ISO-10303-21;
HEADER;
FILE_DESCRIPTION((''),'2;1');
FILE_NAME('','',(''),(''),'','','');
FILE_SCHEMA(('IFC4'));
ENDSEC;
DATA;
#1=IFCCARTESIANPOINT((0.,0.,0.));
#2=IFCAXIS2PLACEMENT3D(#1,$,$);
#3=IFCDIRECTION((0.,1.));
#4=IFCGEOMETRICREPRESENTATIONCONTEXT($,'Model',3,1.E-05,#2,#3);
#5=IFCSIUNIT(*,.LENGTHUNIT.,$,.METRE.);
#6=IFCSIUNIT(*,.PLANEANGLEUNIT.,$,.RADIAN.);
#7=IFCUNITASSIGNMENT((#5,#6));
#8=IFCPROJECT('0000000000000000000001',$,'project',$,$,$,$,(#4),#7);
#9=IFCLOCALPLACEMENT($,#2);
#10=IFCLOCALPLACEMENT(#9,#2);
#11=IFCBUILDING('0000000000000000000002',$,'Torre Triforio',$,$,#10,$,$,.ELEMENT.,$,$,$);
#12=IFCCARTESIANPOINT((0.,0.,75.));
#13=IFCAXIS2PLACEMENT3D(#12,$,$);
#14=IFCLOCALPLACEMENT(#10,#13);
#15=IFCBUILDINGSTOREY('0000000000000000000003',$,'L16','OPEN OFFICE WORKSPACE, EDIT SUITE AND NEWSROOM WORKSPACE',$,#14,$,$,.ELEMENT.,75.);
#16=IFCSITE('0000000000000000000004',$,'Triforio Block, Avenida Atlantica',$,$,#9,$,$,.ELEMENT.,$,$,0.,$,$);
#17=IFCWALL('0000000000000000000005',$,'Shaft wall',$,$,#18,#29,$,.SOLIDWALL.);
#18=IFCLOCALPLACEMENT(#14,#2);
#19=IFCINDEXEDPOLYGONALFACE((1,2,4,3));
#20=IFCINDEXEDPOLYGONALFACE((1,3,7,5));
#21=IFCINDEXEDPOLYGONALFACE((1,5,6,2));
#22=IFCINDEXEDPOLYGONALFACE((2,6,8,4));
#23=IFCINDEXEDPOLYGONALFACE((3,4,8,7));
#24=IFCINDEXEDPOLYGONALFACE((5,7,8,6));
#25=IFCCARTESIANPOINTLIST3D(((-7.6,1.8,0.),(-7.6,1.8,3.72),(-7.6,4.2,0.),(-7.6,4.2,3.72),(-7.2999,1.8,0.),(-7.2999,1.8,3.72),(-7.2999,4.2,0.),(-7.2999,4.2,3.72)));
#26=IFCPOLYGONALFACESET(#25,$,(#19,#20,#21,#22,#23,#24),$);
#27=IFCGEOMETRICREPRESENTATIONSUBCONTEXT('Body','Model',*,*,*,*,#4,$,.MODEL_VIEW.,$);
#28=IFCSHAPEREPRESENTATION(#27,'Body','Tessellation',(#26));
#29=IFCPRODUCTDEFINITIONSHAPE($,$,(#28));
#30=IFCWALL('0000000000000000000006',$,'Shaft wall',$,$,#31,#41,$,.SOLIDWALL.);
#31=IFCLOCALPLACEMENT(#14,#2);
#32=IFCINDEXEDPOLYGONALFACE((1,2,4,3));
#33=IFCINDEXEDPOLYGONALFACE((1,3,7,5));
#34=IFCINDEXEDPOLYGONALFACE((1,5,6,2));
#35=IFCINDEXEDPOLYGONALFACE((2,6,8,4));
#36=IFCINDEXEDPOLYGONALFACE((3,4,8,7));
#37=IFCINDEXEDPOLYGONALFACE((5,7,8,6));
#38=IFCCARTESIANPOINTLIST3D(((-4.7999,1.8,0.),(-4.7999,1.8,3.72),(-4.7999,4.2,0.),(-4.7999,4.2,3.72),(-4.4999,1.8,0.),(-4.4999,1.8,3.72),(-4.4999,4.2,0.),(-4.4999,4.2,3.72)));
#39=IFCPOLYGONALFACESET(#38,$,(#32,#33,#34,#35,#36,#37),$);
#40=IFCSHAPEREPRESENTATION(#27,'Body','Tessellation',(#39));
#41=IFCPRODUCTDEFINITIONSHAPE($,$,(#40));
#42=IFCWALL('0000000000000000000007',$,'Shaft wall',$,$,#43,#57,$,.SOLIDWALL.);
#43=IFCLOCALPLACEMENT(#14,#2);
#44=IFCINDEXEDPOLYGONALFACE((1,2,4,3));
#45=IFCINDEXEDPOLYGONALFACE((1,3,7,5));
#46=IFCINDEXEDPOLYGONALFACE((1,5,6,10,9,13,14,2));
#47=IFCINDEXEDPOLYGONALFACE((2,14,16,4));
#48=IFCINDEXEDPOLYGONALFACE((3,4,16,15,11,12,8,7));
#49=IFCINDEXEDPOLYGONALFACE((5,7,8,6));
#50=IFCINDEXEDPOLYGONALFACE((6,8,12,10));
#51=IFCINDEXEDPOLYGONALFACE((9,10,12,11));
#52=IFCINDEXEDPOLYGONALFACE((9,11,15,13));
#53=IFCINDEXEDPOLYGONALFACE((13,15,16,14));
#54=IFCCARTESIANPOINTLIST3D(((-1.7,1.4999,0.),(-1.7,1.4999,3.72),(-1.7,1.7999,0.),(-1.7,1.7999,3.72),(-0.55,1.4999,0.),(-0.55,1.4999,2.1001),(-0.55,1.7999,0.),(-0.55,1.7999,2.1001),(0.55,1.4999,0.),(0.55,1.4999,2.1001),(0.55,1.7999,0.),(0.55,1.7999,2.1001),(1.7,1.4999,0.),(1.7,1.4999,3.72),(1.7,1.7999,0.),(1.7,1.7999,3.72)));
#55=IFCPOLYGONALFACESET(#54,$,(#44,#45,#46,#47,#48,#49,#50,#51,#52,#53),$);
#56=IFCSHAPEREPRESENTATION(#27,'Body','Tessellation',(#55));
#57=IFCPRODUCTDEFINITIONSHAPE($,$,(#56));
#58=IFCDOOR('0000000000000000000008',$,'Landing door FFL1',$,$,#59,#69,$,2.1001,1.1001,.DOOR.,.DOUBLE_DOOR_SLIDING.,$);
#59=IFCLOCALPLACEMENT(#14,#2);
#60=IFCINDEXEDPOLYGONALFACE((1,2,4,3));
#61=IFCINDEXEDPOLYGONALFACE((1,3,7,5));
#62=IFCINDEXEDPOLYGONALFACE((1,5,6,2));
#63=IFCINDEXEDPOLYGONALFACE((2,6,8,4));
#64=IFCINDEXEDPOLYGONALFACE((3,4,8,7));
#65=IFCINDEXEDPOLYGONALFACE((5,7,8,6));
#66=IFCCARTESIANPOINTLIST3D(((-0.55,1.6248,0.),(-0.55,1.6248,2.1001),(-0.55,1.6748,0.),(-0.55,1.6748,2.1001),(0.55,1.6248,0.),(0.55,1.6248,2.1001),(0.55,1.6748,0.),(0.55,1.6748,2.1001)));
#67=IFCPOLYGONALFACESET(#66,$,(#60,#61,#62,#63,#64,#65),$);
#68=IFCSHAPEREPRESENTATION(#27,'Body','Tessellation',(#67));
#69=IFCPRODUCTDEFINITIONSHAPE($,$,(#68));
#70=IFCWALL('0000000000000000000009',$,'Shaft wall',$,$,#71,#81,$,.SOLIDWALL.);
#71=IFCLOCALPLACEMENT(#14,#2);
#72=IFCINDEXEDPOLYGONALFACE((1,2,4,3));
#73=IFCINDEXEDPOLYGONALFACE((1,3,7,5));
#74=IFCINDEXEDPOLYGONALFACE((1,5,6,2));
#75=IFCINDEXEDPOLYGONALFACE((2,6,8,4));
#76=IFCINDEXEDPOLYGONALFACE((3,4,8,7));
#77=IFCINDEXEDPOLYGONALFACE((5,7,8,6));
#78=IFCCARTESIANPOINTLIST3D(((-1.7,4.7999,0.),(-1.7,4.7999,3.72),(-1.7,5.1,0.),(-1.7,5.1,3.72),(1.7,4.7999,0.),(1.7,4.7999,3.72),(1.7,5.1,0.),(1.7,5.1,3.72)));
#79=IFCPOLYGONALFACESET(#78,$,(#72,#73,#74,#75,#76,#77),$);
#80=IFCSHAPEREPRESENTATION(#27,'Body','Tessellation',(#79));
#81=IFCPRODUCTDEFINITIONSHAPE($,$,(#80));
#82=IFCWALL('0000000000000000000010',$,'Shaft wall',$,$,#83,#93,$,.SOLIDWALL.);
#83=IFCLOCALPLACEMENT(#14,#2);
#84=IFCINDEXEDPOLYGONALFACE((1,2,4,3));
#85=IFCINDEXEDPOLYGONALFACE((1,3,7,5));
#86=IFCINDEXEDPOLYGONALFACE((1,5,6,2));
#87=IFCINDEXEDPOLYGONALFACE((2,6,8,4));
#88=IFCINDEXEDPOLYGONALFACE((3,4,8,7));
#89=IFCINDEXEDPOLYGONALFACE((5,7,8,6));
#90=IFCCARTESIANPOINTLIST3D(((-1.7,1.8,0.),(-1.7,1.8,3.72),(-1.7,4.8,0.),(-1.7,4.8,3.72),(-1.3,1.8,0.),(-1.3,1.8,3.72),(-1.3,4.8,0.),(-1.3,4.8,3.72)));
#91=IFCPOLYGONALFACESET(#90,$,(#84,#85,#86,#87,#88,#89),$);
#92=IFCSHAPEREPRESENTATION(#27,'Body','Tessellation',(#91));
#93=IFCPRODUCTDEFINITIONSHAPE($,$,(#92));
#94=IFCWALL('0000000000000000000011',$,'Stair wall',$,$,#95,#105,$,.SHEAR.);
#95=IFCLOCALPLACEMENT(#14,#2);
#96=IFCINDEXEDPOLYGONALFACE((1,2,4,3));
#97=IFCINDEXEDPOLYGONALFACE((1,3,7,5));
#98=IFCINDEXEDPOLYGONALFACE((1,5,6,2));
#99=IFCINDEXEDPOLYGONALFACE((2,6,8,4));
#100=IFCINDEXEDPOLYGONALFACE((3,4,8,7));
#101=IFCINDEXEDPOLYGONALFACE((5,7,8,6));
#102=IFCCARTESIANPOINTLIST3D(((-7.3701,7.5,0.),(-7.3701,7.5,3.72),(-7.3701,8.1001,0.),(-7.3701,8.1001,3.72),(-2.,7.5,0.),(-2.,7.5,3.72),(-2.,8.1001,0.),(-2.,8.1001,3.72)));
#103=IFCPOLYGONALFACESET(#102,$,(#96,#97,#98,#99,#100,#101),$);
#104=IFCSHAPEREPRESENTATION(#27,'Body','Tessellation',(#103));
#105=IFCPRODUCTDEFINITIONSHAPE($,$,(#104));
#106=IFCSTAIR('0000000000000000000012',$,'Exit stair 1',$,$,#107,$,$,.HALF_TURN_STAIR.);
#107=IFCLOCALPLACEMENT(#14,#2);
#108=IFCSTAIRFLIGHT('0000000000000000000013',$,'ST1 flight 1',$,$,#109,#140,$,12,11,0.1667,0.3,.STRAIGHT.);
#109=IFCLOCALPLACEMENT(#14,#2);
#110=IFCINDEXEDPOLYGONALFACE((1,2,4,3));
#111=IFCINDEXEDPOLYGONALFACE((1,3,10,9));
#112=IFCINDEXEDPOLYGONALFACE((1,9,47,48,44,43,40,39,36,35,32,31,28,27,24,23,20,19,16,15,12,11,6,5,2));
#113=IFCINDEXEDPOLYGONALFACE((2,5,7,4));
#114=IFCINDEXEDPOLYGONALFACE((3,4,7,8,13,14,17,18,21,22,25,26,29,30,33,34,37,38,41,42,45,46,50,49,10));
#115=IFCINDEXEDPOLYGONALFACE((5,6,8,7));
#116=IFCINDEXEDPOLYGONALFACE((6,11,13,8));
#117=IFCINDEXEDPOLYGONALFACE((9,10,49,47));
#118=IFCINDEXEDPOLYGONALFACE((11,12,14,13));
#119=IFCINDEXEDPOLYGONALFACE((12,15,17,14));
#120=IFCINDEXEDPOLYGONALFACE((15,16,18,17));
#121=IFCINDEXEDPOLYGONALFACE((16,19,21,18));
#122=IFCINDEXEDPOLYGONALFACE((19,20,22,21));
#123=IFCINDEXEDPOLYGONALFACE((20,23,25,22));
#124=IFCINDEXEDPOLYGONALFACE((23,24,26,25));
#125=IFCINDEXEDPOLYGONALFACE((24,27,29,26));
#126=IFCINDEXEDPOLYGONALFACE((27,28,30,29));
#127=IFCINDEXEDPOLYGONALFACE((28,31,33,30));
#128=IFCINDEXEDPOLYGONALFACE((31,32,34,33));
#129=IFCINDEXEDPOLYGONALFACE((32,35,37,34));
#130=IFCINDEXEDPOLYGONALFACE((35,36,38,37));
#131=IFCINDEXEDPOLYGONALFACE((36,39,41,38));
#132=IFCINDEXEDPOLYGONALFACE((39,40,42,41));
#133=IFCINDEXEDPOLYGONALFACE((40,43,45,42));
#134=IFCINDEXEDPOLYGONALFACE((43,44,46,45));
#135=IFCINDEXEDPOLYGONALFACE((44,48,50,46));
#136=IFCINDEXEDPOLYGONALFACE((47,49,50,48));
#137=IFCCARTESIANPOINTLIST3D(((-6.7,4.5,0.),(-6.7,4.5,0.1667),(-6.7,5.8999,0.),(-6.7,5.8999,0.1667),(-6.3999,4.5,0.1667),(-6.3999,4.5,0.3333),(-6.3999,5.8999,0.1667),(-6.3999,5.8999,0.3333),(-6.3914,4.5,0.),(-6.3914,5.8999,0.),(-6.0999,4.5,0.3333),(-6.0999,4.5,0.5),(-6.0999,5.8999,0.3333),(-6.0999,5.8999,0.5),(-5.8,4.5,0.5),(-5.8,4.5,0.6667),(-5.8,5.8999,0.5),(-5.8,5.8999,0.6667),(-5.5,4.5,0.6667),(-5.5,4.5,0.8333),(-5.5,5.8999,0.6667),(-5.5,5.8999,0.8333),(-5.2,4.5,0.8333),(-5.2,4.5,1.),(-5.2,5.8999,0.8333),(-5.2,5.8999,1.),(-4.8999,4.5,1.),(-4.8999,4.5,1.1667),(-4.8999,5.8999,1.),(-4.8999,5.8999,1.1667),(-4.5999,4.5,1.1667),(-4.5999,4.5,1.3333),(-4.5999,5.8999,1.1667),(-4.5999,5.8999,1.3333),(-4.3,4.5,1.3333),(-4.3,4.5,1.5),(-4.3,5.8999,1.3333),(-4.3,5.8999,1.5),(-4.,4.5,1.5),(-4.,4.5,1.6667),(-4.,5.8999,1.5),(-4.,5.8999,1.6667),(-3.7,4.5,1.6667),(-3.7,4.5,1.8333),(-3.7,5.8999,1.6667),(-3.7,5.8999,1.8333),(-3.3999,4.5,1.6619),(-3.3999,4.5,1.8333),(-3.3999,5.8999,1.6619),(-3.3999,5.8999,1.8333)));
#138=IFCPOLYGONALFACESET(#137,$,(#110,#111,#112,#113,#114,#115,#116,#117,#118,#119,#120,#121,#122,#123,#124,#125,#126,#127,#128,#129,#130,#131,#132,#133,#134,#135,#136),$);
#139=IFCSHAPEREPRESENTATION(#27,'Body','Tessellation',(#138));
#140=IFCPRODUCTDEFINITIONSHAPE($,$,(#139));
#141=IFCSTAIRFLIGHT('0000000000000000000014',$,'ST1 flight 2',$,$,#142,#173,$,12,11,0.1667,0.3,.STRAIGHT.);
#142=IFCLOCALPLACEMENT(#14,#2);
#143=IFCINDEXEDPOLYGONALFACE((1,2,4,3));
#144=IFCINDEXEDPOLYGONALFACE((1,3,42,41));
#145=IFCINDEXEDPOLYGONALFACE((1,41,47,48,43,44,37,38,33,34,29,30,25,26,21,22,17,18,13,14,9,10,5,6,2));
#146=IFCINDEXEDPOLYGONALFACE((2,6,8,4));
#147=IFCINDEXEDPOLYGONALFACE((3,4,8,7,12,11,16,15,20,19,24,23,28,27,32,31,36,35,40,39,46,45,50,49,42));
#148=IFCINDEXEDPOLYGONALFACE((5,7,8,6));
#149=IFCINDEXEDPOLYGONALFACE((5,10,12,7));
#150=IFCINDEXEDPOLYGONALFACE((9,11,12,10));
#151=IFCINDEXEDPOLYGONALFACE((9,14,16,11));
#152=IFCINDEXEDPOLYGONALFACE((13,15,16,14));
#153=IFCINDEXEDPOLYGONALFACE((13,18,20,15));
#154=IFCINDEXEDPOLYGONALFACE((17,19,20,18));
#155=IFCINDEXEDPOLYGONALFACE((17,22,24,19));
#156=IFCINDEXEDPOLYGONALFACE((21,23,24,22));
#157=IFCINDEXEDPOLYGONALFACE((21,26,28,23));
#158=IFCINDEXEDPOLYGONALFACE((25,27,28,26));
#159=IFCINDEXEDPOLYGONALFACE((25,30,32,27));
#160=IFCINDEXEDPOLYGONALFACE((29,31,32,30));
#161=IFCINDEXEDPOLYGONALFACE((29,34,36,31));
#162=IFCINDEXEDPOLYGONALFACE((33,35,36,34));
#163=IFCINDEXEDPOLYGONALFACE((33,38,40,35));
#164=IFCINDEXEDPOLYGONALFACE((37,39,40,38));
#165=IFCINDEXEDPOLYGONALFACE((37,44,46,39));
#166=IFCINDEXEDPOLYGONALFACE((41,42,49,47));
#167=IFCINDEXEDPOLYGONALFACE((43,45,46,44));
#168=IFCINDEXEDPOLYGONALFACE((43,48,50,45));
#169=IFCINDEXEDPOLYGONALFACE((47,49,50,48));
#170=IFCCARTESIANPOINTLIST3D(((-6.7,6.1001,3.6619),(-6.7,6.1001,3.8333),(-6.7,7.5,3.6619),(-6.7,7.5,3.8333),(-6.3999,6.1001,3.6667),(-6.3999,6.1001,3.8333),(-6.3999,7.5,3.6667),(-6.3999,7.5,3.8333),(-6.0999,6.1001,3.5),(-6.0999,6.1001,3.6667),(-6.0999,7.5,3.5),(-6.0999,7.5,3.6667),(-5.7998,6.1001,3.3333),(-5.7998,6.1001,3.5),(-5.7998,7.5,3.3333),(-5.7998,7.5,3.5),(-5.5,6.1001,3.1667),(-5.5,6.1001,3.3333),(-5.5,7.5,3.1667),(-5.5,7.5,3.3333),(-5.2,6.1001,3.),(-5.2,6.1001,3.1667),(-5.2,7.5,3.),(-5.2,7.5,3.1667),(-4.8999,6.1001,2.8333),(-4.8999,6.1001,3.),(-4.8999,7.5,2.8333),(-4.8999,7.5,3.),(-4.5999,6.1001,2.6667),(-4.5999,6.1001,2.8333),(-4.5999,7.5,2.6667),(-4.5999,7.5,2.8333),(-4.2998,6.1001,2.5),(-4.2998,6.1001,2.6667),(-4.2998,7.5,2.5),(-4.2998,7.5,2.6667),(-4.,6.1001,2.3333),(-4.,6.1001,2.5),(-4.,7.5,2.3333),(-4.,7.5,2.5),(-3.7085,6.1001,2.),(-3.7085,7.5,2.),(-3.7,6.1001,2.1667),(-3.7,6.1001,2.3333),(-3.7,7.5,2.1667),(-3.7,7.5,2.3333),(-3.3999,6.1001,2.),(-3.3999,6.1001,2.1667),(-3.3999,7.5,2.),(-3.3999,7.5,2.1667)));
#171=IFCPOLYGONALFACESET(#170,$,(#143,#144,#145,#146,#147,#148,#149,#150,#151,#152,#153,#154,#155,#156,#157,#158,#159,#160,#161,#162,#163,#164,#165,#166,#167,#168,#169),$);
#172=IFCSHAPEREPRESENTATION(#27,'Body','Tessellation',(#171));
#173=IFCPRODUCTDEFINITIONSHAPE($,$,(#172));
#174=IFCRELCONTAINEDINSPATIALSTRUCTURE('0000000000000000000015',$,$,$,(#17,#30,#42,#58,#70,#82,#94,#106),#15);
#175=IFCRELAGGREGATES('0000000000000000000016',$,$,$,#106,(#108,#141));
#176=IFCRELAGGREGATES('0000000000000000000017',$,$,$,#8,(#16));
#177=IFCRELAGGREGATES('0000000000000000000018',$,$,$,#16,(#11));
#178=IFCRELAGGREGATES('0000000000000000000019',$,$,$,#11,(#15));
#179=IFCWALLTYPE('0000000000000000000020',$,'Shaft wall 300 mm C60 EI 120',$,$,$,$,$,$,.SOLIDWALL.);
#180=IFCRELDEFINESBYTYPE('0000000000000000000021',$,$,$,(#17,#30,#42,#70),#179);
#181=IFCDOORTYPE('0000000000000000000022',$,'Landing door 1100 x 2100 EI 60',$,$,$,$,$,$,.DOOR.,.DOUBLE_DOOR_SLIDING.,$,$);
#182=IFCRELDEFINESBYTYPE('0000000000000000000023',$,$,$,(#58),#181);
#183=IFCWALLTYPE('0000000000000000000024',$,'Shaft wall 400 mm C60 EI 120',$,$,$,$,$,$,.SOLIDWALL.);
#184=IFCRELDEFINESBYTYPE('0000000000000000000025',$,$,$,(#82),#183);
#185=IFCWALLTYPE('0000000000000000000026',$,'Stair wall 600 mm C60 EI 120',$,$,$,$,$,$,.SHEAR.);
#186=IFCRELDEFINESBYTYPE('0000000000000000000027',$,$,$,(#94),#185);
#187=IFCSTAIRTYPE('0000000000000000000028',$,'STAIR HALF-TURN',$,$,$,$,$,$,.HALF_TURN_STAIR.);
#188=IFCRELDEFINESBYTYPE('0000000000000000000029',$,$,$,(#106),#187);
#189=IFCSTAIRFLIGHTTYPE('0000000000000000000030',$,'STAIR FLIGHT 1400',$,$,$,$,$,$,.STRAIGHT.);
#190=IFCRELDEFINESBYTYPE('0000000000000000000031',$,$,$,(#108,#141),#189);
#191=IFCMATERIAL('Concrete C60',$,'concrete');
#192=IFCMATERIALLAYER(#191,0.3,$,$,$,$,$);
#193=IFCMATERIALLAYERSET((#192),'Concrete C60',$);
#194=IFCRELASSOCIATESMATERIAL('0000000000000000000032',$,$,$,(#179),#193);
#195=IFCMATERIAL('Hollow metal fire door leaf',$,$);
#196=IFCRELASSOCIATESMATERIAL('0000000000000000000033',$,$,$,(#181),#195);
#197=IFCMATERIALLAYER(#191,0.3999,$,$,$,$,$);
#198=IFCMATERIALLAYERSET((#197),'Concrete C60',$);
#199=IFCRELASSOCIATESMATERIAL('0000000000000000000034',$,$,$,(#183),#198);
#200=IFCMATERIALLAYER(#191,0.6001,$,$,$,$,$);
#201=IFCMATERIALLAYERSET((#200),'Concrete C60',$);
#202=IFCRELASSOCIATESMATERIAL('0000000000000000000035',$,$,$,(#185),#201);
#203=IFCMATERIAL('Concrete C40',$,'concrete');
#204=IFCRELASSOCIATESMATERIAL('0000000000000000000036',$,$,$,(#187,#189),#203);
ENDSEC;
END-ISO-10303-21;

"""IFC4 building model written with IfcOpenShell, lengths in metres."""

from ifc_helpers import new_model, si_unit, direction, frame, frame_2d, origin, place, context, subcontext, project, spatial, polyline, rectangle, outline, extrude, material, layer, layer_set, type_object, element, fill, aggregate, save


model = new_model("IFC4")

# Units and contexts
model_context = context("Model", 3, precision=1e-05, world=origin(), true_north=direction((0.0, 1.0)))
body_context = subcontext(model_context, "Body", "Model", "MODEL_VIEW")
ifc_project = project(units=[si_unit("LENGTHUNIT", "METRE"), si_unit("PLANEANGLEUNIT", "RADIAN")], contexts=[model_context])

# Site, building, storey
site_placement = place(None, origin())
site = spatial("IfcSite", under=ifc_project, at=site_placement, Name="Triforio Block, Avenida Atlantica", CompositionType="ELEMENT", RefElevation=0.0)
building_placement = place(site_placement, origin())
building = spatial("IfcBuilding", under=site, at=building_placement, Name="Torre Triforio", CompositionType="ELEMENT")
storey_placement = place(building_placement, frame((0.0, 0.0, 75.0)))
storey = spatial("IfcBuildingStorey", under=building, at=storey_placement, Name="L16", Description="OPEN OFFICE WORKSPACE, EDIT SUITE AND NEWSROOM WORKSPACE", CompositionType="ELEMENT", Elevation=75.0)

# Walls
ifc_material_1 = material(Name="Concrete C60", Category="concrete")
ifc_layer_1 = layer(ifc_material_1, 0.3)
ifc_layer_set_1 = layer_set([ifc_layer_1], Name="Concrete C60")
wall_type_1 = type_object("IfcWallType", Name="Shaft wall 300 mm C60 EI 120", PredefinedType="SOLIDWALL", material=ifc_layer_set_1)
for number, where, z_axis, x_axis, name in (
    (1, (-7.45, 1.8, 0.0), (0.0, 0.0, 1.0), (0.0, 1.0, 0.0), "Shaft wall"),
    (2, (-4.6499, 1.8, 0.0), (0.0, 0.0, 1.0), (0.0, 1.0, 0.0), "Shaft wall"),
):
    element("IfcWall", number, at=place(storey_placement, frame(where, z_axis=z_axis, x_axis=x_axis)), inside=storey, type_object=wall_type_1, Name=name, PredefinedType="SOLIDWALL", context=body_context, shape_type="SweptSolid", body=[
        extrude(rectangle(XDim=2.3999, YDim=0.3, at=frame_2d((1.2, 0.0))), origin(), (0.0, 0.0, 1.0), 3.72),
    ])

# Wall, opening, door
wall_1_placement = place(storey_placement, frame((-1.7, 1.6499, 0.0), z_axis=(0.0, 0.0, 1.0), x_axis=(1.0, 0.0, 0.0)))
wall_1 = element("IfcWall", 3, at=wall_1_placement, inside=storey, type_object=wall_type_1, Name="Shaft wall", PredefinedType="SOLIDWALL", context=body_context, shape_type="SweptSolid", body=[
    extrude(rectangle(XDim=3.3999, YDim=0.3, at=frame_2d((1.7, 0.0))), origin(), (0.0, 0.0, 1.0), 3.72),
])
opening_placement = place(wall_1_placement, frame((1.1499, 0.0, 0.0)))
opening = element("IfcOpeningElement", 4, at=opening_placement, cuts=wall_1, PredefinedType="OPENING", context=body_context, shape_type="SweptSolid", body=[
    extrude(rectangle(XDim=1.1001, YDim=2.1001, at=frame_2d((0.55, 1.05))), frame((0.0, 0.1599, 0.0), z_axis=(0.0, -1.0, 0.0), x_axis=(1.0, 0.0, 0.0)), (0.0, 0.0, 1.0), 0.3201),
])
ifc_material_2 = material(Name="Hollow metal fire door leaf")
door_type = type_object("IfcDoorType", Name="Landing door 1100 x 2100 EI 60", OperationType="DOUBLE_DOOR_SLIDING", PredefinedType="DOOR", material=ifc_material_2)
door_placement = place(opening_placement, origin())
door = element("IfcDoor", 5, at=door_placement, inside=storey, type_object=door_type, Name="Landing door FFL1", OperationType="DOUBLE_DOOR_SLIDING", OverallHeight=2.1001, OverallWidth=1.1001, PredefinedType="DOOR", context=body_context, shape_type="SweptSolid", body=[
    extrude(rectangle(XDim=1.1001, YDim=2.1001, at=frame_2d((0.55, 1.05))), frame((0.0, 0.0249, 0.0), z_axis=(0.0, -1.0, 0.0), x_axis=(1.0, 0.0, 0.0)), (0.0, 0.0, 1.0), 0.05),
])
fill(opening, door)

# Walls
wall_2_placement = place(storey_placement, frame((-1.7, 4.95, 0.0), z_axis=(0.0, 0.0, 1.0), x_axis=(1.0, 0.0, 0.0)))
element("IfcWall", 6, at=wall_2_placement, inside=storey, type_object=wall_type_1, Name="Shaft wall", PredefinedType="SOLIDWALL", context=body_context, shape_type="SweptSolid", body=[
    extrude(rectangle(XDim=3.3999, YDim=0.3, at=frame_2d((1.7, 0.0))), origin(), (0.0, 0.0, 1.0), 3.72),
])
ifc_layer_2 = layer(ifc_material_1, 0.3999)
ifc_layer_set_2 = layer_set([ifc_layer_2], Name="Concrete C60")
wall_type_2 = type_object("IfcWallType", Name="Shaft wall 400 mm C60 EI 120", PredefinedType="SOLIDWALL", material=ifc_layer_set_2)
wall_3_placement = place(storey_placement, frame((-1.5, 1.8, 0.0), z_axis=(0.0, 0.0, 1.0), x_axis=(0.0, 1.0, 0.0)))
element("IfcWall", 7, at=wall_3_placement, inside=storey, type_object=wall_type_2, Name="Shaft wall", PredefinedType="SOLIDWALL", context=body_context, shape_type="SweptSolid", body=[
    extrude(rectangle(XDim=3.0, YDim=0.3999, at=frame_2d((1.5, 0.0))), origin(), (0.0, 0.0, 1.0), 3.72),
])
ifc_layer_3 = layer(ifc_material_1, 0.6001)
ifc_layer_set_3 = layer_set([ifc_layer_3], Name="Concrete C60")
wall_type_3 = type_object("IfcWallType", Name="Stair wall 600 mm C60 EI 120", PredefinedType="SHEAR", material=ifc_layer_set_3)
wall_4_placement = place(storey_placement, frame((-7.3701, 7.8, 0.0), z_axis=(0.0, 0.0, 1.0), x_axis=(1.0, 0.0, 0.0)))
element("IfcWall", 8, at=wall_4_placement, inside=storey, type_object=wall_type_3, Name="Stair wall", PredefinedType="SHEAR", context=body_context, shape_type="SweptSolid", body=[
    extrude(rectangle(XDim=5.3701, YDim=0.6001, at=frame_2d((2.6851, 0.0))), origin(), (0.0, 0.0, 1.0), 3.72),
])

# Stair, stair flights
ifc_material_3 = material(Name="Concrete C40", Category="concrete")
stair_type = type_object("IfcStairType", Name="STAIR HALF-TURN", PredefinedType="HALF_TURN_STAIR", material=ifc_material_3)
stair_placement = place(storey_placement, origin())
stair = element("IfcStair", 9, at=stair_placement, inside=storey, type_object=stair_type, Name="Exit stair 1", PredefinedType="HALF_TURN_STAIR")
stair_flight_type = type_object("IfcStairFlightType", Name="STAIR FLIGHT 1400", PredefinedType="STRAIGHT", material=ifc_material_3)
stair_flight_1_placement = place(storey_placement, frame((-6.7, 5.2, 0.0), z_axis=(0.0, 0.0, 1.0), x_axis=(1.0, 0.0, 0.0)))
stair_flight_1 = element("IfcStairFlight", 10, at=stair_flight_1_placement, type_object=stair_flight_type, Name="ST1 flight 1", NumberOfRisers=12, NumberOfTreads=11, PredefinedType="STRAIGHT", RiserHeight=0.1667, TreadLength=0.3, context=body_context, shape_type="SweptSolid", body=[
    extrude(outline(polyline([(0.0, 0.0), (0.0, 0.1667), (0.3, 0.1667), (0.3, 0.3333), (0.6001, 0.3333), (0.6001, 0.5), (0.8999, 0.5), (0.8999, 0.6667), (1.2, 0.6667), (1.2, 0.8333), (1.5, 0.8333), (1.5, 1.0), (1.8, 1.0), (1.8, 1.1667), (2.1001, 1.1667), (2.1001, 1.3333), (2.3999, 1.3333), (2.3999, 1.5), (2.7, 1.5), (2.7, 1.6667), (3.0, 1.6667), (3.0, 1.8333), (3.3, 1.8333), (3.3, 2.0), (3.3, 1.6619), (0.3086, 0.0), (0.0, 0.0)])), frame((0.0, 0.7, 0.0), z_axis=(0.0, -1.0, 0.0), x_axis=(1.0, 0.0, 0.0)), (0.0, 0.0, 1.0), 1.3999),
])
stair_flight_2_placement = place(storey_placement, frame((-3.3999, 6.8, 2.0), z_axis=(0.0, 0.0, 1.0), x_axis=(-1.0, 0.0, 0.0)))
stair_flight_2 = element("IfcStairFlight", 11, at=stair_flight_2_placement, type_object=stair_flight_type, Name="ST1 flight 2", NumberOfRisers=12, NumberOfTreads=11, PredefinedType="STRAIGHT", RiserHeight=0.1667, TreadLength=0.3, context=body_context, shape_type="SweptSolid", body=[
    extrude(outline(polyline([(0.0, 0.0), (0.0, 0.1667), (0.3, 0.1667), (0.3, 0.3333), (0.6001, 0.3333), (0.6001, 0.5), (0.8999, 0.5), (0.8999, 0.6667), (1.2, 0.6667), (1.2, 0.8333), (1.5, 0.8333), (1.5, 1.0), (1.8, 1.0), (1.8, 1.1667), (2.1001, 1.1667), (2.1001, 1.3333), (2.3999, 1.3333), (2.3999, 1.5), (2.7, 1.5), (2.7, 1.6667), (3.0, 1.6667), (3.0, 1.8333), (3.3, 1.8333), (3.3, 2.0), (3.3, 1.6619), (0.3086, 0.0), (0.0, 0.0)])), frame((0.0, 0.7, 0.0), z_axis=(0.0, -1.0, 0.0), x_axis=(1.0, 0.0, 0.0)), (0.0, 0.0, 1.0), 1.3999),
])
aggregate(stair, [stair_flight_1, stair_flight_2])

save(model, "model.ifc")
